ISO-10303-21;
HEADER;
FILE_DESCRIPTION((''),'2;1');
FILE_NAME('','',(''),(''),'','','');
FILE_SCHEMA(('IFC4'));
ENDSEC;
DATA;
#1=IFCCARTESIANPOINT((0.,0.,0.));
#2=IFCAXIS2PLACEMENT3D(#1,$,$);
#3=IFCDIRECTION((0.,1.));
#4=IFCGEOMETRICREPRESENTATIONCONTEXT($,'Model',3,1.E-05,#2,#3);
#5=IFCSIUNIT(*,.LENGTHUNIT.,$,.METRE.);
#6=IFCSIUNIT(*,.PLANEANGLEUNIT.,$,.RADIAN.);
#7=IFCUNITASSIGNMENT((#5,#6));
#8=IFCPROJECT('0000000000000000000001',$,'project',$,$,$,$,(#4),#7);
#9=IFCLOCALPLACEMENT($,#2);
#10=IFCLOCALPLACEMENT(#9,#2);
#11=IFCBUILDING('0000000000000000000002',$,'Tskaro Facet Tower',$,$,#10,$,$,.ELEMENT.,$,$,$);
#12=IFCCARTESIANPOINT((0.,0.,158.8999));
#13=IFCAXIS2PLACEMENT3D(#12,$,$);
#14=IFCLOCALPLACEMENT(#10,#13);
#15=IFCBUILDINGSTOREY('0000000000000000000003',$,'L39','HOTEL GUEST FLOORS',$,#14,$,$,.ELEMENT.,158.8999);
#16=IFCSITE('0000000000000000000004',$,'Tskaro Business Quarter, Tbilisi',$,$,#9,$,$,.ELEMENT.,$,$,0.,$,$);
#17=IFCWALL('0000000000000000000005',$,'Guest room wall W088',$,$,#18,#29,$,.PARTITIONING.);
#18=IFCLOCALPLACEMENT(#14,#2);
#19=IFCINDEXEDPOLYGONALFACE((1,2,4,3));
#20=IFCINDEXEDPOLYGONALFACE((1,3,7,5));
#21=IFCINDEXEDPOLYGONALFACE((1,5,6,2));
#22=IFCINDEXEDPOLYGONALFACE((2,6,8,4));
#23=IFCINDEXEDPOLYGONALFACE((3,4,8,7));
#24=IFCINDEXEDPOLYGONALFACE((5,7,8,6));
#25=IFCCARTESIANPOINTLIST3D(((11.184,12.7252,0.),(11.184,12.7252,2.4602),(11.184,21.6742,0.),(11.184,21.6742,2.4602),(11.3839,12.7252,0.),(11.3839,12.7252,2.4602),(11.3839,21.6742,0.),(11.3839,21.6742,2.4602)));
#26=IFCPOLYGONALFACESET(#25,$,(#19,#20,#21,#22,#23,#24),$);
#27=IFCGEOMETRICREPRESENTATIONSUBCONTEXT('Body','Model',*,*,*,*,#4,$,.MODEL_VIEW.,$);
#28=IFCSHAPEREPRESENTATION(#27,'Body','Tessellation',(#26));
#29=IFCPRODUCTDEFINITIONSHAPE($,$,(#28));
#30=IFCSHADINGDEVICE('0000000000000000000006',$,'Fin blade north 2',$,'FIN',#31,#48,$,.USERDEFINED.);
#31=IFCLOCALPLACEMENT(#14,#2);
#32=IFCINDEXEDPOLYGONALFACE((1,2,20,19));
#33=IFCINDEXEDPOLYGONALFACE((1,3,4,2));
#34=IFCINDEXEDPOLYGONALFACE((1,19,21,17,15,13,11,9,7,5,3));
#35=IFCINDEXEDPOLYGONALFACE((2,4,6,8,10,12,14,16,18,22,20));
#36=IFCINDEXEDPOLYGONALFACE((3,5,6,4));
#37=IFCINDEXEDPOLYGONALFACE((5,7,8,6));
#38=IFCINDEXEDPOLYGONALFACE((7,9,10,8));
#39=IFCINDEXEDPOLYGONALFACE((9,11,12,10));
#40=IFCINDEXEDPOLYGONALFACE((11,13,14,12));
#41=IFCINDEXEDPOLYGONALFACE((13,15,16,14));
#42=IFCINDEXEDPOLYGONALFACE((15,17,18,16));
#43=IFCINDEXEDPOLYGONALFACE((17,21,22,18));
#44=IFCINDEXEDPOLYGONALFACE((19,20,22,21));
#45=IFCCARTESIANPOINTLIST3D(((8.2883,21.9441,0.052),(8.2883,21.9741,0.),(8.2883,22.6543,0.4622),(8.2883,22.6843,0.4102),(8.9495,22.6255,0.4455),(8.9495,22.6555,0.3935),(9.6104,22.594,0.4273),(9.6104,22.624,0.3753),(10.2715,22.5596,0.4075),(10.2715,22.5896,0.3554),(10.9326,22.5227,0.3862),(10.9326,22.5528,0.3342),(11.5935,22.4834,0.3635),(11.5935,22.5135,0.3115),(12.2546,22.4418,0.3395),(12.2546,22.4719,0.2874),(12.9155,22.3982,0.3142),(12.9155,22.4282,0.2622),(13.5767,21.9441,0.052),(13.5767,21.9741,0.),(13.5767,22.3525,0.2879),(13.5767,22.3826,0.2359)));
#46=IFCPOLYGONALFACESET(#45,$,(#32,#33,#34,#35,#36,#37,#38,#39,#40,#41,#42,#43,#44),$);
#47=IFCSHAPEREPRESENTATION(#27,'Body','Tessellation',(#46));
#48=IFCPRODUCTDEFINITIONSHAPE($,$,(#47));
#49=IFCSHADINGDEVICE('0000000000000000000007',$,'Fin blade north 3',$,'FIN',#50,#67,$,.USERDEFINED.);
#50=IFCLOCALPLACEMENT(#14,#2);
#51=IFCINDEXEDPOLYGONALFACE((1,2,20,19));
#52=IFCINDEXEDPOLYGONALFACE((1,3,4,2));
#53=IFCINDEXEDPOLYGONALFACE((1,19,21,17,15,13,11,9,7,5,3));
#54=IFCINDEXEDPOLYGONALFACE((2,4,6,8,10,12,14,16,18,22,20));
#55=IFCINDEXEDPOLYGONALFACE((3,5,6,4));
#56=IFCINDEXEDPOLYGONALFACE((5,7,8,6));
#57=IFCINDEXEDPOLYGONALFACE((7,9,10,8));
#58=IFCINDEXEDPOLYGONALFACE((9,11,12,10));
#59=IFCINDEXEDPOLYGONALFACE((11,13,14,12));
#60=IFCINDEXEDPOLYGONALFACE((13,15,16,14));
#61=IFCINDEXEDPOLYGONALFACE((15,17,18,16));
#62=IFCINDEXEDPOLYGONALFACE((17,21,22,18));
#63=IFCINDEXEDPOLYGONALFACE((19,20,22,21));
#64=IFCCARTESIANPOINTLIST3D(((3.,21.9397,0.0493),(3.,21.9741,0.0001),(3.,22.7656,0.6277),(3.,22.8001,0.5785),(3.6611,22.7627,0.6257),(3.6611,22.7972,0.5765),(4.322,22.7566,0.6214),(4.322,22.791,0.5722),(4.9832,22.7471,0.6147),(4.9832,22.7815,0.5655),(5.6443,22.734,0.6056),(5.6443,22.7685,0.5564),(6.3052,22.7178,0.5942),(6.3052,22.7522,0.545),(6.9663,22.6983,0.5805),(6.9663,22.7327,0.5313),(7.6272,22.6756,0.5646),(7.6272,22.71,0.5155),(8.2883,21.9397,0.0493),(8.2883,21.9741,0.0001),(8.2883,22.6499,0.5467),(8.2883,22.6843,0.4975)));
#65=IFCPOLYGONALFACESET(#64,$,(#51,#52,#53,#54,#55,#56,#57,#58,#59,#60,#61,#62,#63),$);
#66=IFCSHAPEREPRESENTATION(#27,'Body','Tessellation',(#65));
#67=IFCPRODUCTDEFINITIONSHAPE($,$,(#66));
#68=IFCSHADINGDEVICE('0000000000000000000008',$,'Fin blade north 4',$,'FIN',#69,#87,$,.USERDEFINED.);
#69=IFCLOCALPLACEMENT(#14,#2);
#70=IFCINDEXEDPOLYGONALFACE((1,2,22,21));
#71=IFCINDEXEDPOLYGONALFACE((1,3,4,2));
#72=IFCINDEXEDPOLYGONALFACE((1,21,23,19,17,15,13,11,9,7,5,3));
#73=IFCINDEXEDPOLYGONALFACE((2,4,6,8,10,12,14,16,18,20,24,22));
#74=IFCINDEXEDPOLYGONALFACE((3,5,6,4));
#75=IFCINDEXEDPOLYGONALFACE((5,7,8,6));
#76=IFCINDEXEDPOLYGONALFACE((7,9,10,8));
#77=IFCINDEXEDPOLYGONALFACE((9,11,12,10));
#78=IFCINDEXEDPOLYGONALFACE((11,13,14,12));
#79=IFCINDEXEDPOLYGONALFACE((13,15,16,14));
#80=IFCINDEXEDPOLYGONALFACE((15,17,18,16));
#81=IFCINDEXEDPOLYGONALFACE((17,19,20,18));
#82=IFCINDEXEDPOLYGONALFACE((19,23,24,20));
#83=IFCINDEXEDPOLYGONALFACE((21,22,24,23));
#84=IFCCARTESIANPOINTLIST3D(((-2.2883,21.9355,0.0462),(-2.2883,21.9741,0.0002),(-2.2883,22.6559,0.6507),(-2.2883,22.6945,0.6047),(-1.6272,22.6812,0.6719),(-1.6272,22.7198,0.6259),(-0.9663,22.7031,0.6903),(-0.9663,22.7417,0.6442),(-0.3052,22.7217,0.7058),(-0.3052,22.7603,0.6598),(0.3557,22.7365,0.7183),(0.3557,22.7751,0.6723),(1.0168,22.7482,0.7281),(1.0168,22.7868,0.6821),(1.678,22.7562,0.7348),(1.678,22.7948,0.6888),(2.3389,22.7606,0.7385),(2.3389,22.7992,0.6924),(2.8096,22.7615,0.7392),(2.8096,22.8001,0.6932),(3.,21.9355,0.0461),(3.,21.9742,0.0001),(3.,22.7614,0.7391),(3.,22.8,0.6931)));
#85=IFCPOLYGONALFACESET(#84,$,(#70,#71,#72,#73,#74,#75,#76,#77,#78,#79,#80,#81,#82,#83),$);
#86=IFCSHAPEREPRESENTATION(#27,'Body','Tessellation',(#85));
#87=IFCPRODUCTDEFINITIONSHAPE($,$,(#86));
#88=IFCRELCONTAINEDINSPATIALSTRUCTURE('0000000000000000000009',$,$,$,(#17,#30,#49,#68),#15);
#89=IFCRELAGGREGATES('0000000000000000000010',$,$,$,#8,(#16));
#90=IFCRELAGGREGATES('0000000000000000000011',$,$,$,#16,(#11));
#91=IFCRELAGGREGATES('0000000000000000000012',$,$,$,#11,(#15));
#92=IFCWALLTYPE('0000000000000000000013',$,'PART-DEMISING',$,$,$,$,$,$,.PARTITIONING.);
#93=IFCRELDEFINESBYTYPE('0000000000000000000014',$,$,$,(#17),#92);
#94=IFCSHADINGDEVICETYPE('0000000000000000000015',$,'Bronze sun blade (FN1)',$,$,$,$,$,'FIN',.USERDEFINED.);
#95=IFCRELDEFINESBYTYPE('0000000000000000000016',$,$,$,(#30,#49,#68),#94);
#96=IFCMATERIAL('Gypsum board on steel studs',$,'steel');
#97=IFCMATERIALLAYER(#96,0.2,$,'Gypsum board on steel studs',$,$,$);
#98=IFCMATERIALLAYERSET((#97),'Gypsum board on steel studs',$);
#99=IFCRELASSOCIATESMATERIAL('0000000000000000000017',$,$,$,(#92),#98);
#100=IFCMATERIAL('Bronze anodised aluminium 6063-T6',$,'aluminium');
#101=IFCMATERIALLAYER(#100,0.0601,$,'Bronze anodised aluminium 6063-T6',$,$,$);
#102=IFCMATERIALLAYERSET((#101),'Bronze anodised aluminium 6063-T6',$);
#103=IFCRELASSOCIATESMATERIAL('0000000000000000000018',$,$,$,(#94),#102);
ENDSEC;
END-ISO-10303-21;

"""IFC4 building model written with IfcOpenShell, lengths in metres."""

from ifc_helpers import new_model, si_unit, direction, frame, frame_2d, origin, place, context, subcontext, project, spatial, polyline, rectangle, outline, extrude, material, layer, layer_set, type_object, element, save


model = new_model("IFC4")

# Units and contexts
model_context = context("Model", 3, precision=1e-05, world=origin(), true_north=direction((0.0, 1.0)))
body_context = subcontext(model_context, "Body", "Model", "MODEL_VIEW")
ifc_project = project(units=[si_unit("LENGTHUNIT", "METRE"), si_unit("PLANEANGLEUNIT", "RADIAN")], contexts=[model_context])

# Site, building, storey
site_placement = place(None, origin())
site = spatial("IfcSite", under=ifc_project, at=site_placement, Name="Tskaro Business Quarter, Tbilisi", CompositionType="ELEMENT", RefElevation=0.0)
building_placement = place(site_placement, origin())
building = spatial("IfcBuilding", under=site, at=building_placement, Name="Tskaro Facet Tower", CompositionType="ELEMENT")
storey_placement = place(building_placement, frame((0.0, 0.0, 158.8999)))
storey = spatial("IfcBuildingStorey", under=building, at=storey_placement, Name="L39", Description="HOTEL GUEST FLOORS", CompositionType="ELEMENT", Elevation=158.8999)

# Shared definitions
ifc_material_1 = material(Name="Bronze anodised aluminium 6063-T6", Category="aluminium")

# Shared definitions
ifc_material_2 = material(Name="Gypsum board on steel studs", Category="steel")

# Wall
ifc_layer_1 = layer(ifc_material_2, 0.2, Name="Gypsum board on steel studs")
ifc_layer_set_1 = layer_set([ifc_layer_1], Name="Gypsum board on steel studs")
wall_type_1 = type_object("IfcWallType", Name="PART-DEMISING", PredefinedType="PARTITIONING", material=ifc_layer_set_1)
wall_1_placement = place(storey_placement, frame((11.2839, 12.7251, 0.0), z_axis=(0.0, 0.0, 1.0), x_axis=(0.0, 1.0, 0.0)))
element("IfcWall", 1, at=wall_1_placement, inside=storey, type_object=wall_type_1, Name="Guest room wall W088", PredefinedType="PARTITIONING", context=body_context, shape_type="SweptSolid", body=[
    extrude(rectangle(XDim=8.949, YDim=0.2, at=frame_2d((4.4746, 0.0))), origin(), (0.0, 0.0, 1.0), 2.4602),
])

# Shading devices
ifc_layer_2 = layer(ifc_material_1, 0.0601, Name="Bronze anodised aluminium 6063-T6")
ifc_layer_set_2 = layer_set([ifc_layer_2], Name="Bronze anodised aluminium 6063-T6")
shading_device_type = type_object("IfcShadingDeviceType", Name="Bronze sun blade (FN1)", ElementType="FIN", PredefinedType="USERDEFINED", material=ifc_layer_set_2)
shading_device_1_placement = place(storey_placement, frame((13.5767, 21.9441, 0.052), z_axis=(0.000004, -0.500094, 0.865971), x_axis=(-1.0, -0.000002, 0.000003)))
element("IfcShadingDevice", 2, at=shading_device_1_placement, inside=storey, type_object=shading_device_type, Name="Fin blade north 2", ObjectType="FIN", PredefinedType="USERDEFINED", context=body_context, shape_type="SweptSolid", body=[
    extrude(outline(polyline([(0.0, 0.0), (5.2883, 0.0), (5.2883, -0.8201), (4.6272, -0.7869), (3.9663, -0.7505), (3.3052, -0.7108), (2.644, -0.6682), (1.9832, -0.6228), (1.322, -0.5748), (0.6611, -0.5244), (0.0, -0.4716), (0.0, 0.0)])), origin(), (0.0, 0.0, -1.0), 0.0601),
])
shading_device_2_placement = place(storey_placement, frame((8.2883, 21.9397, 0.0493), z_axis=(0.000001, -0.573625, 0.819118), x_axis=(-1.0, 0.0, 0.000001)))
element("IfcShadingDevice", 3, at=shading_device_2_placement, inside=storey, type_object=shading_device_type, Name="Fin blade north 3", ObjectType="FIN", PredefinedType="USERDEFINED", context=body_context, shape_type="SweptSolid", body=[
    extrude(outline(polyline([(0.0, 0.0), (5.2883, 0.0), (5.2883, -1.0083), (4.6272, -1.0048), (3.9663, -0.9973), (3.3052, -0.9857), (2.644, -0.9698), (1.9832, -0.9499), (1.322, -0.9261), (0.6611, -0.8984), (0.0, -0.867), (0.0, 0.0)])), origin(), (0.0, 0.0, -1.0), 0.0601),
])
shading_device_3_placement = place(storey_placement, frame((3.0, 21.9355, 0.0461), z_axis=(0.00001, -0.642809, 0.766026), x_axis=(-1.0, -0.000006, 0.000008)))
element("IfcShadingDevice", 4, at=shading_device_3_placement, inside=storey, type_object=shading_device_type, Name="Fin blade north 4", ObjectType="FIN", PredefinedType="USERDEFINED", context=body_context, shape_type="SweptSolid", body=[
    extrude(outline(polyline([(0.0, 0.0), (5.2883, 0.0), (5.2883, -0.9405), (4.6272, -0.9734), (3.9663, -1.002), (3.3052, -1.0262), (2.6443, -1.0457), (1.9832, -1.0609), (1.322, -1.0713), (0.6611, -1.077), (0.1904, -1.0782), (0.0, -1.0781), (0.0, 0.0)])), origin(), (0.0, 0.0, -1.0), 0.0601),
])

save(model, "model.ifc")
